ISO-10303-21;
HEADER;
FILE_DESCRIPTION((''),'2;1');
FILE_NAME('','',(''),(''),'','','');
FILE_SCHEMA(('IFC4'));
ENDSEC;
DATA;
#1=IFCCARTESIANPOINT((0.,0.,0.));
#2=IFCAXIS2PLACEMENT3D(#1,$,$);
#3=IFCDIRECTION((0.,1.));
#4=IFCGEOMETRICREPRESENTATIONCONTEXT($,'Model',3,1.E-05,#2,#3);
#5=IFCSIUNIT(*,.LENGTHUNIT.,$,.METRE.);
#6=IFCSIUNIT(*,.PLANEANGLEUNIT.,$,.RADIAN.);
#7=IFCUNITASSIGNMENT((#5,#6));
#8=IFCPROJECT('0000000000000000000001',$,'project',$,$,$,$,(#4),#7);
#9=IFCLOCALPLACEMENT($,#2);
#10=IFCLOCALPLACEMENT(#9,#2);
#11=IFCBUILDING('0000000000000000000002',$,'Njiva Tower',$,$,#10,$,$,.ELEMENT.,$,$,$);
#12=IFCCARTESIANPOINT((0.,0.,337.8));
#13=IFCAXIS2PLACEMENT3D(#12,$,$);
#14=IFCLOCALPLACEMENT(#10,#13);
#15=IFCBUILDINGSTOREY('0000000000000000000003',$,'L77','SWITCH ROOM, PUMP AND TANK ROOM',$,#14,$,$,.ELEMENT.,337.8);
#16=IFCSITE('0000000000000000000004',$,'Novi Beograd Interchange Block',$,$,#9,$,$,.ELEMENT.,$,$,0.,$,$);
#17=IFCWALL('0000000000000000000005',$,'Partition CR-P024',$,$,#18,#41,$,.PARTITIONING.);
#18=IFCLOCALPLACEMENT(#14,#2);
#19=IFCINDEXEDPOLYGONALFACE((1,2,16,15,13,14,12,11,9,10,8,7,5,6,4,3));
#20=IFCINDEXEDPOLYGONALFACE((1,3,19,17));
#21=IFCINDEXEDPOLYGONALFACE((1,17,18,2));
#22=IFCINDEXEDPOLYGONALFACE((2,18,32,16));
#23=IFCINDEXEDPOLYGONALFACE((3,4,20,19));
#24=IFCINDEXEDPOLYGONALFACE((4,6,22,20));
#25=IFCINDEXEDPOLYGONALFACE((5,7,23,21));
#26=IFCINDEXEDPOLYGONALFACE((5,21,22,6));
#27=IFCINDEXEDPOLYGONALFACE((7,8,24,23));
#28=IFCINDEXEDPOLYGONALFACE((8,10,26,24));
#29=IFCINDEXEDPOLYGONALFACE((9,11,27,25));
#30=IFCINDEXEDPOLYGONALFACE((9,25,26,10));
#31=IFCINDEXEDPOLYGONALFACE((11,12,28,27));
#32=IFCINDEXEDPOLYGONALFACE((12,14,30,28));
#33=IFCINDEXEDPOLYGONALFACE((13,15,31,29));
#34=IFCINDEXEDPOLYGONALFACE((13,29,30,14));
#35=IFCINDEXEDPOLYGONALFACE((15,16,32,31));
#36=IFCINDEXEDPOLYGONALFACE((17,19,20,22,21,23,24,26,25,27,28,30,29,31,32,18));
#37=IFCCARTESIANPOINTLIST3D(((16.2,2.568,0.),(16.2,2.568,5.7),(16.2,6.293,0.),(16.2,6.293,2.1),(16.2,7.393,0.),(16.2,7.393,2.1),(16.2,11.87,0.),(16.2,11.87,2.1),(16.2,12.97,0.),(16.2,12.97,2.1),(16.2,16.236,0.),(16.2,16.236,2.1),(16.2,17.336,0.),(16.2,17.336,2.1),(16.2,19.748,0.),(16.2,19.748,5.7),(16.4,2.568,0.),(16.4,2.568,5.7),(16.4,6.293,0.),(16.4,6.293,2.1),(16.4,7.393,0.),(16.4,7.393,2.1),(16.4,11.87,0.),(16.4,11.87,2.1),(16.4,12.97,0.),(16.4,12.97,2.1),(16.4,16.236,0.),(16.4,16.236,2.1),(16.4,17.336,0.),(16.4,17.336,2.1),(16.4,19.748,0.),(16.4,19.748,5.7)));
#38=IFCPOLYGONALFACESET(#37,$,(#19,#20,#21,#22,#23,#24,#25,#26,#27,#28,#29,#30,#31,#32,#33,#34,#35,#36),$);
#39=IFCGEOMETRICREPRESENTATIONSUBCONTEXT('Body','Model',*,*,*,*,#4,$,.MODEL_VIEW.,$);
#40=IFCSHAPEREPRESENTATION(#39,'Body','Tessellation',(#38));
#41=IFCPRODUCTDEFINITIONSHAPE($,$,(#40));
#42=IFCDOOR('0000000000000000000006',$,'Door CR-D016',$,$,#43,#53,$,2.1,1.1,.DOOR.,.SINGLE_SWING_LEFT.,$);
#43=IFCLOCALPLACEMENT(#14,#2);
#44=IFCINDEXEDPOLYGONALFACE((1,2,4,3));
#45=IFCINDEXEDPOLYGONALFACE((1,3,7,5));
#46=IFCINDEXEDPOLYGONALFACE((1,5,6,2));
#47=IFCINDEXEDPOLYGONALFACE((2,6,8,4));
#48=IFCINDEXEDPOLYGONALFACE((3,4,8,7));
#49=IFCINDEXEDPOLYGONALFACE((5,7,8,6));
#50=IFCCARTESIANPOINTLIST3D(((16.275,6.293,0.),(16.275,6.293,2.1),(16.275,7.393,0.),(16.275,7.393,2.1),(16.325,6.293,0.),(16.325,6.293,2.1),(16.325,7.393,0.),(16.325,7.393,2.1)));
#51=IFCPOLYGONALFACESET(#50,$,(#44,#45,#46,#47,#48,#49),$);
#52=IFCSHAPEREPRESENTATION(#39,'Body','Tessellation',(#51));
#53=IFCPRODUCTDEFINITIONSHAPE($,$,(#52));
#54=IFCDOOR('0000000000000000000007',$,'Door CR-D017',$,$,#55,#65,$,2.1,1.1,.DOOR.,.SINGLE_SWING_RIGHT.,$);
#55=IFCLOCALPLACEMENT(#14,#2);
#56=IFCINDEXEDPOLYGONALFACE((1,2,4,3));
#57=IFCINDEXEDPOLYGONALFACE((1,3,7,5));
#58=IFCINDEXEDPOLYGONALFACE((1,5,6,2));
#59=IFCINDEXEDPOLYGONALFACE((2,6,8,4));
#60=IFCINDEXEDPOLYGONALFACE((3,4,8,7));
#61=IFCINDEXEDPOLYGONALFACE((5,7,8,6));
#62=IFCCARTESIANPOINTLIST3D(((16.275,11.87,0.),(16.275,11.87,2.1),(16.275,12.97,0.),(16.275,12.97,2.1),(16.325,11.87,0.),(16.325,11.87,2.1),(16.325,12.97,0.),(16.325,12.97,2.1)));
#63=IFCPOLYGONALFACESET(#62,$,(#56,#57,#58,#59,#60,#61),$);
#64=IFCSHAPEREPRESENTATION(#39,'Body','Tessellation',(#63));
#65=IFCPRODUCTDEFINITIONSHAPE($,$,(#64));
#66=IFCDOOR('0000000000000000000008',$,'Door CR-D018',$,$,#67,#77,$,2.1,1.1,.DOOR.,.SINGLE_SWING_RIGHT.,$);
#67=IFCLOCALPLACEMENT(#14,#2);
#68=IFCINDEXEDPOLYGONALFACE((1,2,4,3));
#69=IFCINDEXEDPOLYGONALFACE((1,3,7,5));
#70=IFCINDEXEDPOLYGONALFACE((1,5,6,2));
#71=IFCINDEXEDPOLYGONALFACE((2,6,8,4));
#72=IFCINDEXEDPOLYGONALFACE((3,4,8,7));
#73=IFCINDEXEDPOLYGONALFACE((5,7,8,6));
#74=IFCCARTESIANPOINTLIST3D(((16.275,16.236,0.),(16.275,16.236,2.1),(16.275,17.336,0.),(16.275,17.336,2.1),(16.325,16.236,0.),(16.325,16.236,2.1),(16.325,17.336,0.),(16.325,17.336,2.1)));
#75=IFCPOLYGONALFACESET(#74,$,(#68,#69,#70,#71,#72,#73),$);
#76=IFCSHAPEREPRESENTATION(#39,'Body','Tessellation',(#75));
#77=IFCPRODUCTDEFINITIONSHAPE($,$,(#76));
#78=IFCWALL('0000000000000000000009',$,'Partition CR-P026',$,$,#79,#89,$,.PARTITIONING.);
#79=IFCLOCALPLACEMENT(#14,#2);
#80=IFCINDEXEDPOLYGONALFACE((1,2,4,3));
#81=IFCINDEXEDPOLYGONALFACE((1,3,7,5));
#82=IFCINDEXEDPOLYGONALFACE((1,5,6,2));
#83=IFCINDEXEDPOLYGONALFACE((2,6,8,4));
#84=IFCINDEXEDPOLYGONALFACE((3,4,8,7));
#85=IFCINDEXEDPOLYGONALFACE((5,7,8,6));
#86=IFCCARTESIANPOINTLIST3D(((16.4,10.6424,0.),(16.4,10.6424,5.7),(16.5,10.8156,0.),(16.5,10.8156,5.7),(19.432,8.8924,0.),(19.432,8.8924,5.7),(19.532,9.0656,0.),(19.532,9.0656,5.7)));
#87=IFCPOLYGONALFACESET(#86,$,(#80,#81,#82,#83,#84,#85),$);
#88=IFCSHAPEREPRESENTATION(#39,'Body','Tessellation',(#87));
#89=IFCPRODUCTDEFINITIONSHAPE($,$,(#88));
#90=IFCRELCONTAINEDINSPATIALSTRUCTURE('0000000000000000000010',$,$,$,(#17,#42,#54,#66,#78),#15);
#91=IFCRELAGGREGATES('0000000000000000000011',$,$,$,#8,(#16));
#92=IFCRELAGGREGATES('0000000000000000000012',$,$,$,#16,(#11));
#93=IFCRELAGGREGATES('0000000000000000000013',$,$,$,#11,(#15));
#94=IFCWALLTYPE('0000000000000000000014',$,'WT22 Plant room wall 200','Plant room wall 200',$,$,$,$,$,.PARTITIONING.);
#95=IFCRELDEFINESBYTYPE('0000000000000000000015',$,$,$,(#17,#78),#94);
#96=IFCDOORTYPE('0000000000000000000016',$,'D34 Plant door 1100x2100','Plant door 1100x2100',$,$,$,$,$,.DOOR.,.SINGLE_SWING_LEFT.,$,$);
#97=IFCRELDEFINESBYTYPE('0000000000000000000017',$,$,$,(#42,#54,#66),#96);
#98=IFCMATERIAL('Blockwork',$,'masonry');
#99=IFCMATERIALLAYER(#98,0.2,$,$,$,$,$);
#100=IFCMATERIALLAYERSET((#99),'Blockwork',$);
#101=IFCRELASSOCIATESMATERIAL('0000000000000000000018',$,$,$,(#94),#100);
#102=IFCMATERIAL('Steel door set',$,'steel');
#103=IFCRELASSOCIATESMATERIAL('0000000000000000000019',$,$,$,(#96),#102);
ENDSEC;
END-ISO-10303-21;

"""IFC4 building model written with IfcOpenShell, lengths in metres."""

from ifc_helpers import new_model, si_unit, direction, frame, frame_2d, origin, place, context, subcontext, project, spatial, rectangle, extrude, material, layer, layer_set, type_object, element, fill, save


model = new_model("IFC4")

# Units and contexts
model_context = context("Model", 3, precision=1e-05, world=origin(), true_north=direction((0.0, 1.0)))
body_context = subcontext(model_context, "Body", "Model", "MODEL_VIEW")
ifc_project = project(units=[si_unit("LENGTHUNIT", "METRE"), si_unit("PLANEANGLEUNIT", "RADIAN")], contexts=[model_context])

# Site, building, storey
site_placement = place(None, origin())
site = spatial("IfcSite", under=ifc_project, at=site_placement, Name="Novi Beograd Interchange Block", CompositionType="ELEMENT", RefElevation=0.0)
building_placement = place(site_placement, origin())
building = spatial("IfcBuilding", under=site, at=building_placement, Name="Njiva Tower", CompositionType="ELEMENT")
storey_placement = place(building_placement, frame((0.0, 0.0, 337.8)))
storey = spatial("IfcBuildingStorey", under=building, at=storey_placement, Name="L77", Description="SWITCH ROOM, PUMP AND TANK ROOM", CompositionType="ELEMENT", Elevation=337.8)

# Wall, openings, doors
ifc_material_1 = material(Name="Blockwork", Category="masonry")
ifc_layer_1 = layer(ifc_material_1, 0.2)
ifc_layer_set_1 = layer_set([ifc_layer_1], Name="Blockwork")
wall_type_1 = type_object("IfcWallType", Name="WT22 Plant room wall 200", Description="Plant room wall 200", PredefinedType="PARTITIONING", material=ifc_layer_set_1)
wall_1_placement = place(storey_placement, frame((16.3, 2.568, 0.0), z_axis=(0.0, 0.0, 1.0), x_axis=(0.0, 1.0, 0.0)))
wall_1 = element("IfcWall", 1, at=wall_1_placement, inside=storey, type_object=wall_type_1, Name="Partition CR-P024", PredefinedType="PARTITIONING", context=body_context, shape_type="SweptSolid", body=[
    extrude(rectangle(XDim=17.18, YDim=0.2, at=frame_2d((8.59, 0.0))), origin(), (0.0, 0.0, 1.0), 5.7),
])
opening_1_placement = place(wall_1_placement, frame((3.725, 0.0, 0.0)))
opening_1 = element("IfcOpeningElement", 2, at=opening_1_placement, cuts=wall_1, PredefinedType="OPENING", context=body_context, shape_type="SweptSolid", body=[
    extrude(rectangle(XDim=1.1, YDim=2.1, at=frame_2d((0.55, 1.05))), frame((0.0, 0.11, 0.0), z_axis=(0.0, -1.0, 0.0), x_axis=(1.0, 0.0, 0.0)), (0.0, 0.0, 1.0), 0.22),
])
opening_2_placement = place(wall_1_placement, frame((9.302, 0.0, 0.0)))
opening_2 = element("IfcOpeningElement", 3, at=opening_2_placement, cuts=wall_1, PredefinedType="OPENING", context=body_context, shape_type="SweptSolid", body=[
    extrude(rectangle(XDim=1.1, YDim=2.1, at=frame_2d((0.55, 1.05))), frame((0.0, 0.11, 0.0), z_axis=(0.0, -1.0, 0.0), x_axis=(1.0, 0.0, 0.0)), (0.0, 0.0, 1.0), 0.22),
])
opening_3_placement = place(wall_1_placement, frame((13.668, 0.0, 0.0)))
opening_3 = element("IfcOpeningElement", 4, at=opening_3_placement, cuts=wall_1, PredefinedType="OPENING", context=body_context, shape_type="SweptSolid", body=[
    extrude(rectangle(XDim=1.1, YDim=2.1, at=frame_2d((0.55, 1.05))), frame((0.0, 0.11, 0.0), z_axis=(0.0, -1.0, 0.0), x_axis=(1.0, 0.0, 0.0)), (0.0, 0.0, 1.0), 0.22),
])
ifc_material_2 = material(Name="Steel door set", Category="steel")
door_type_1 = type_object("IfcDoorType", Name="D34 Plant door 1100x2100", Description="Plant door 1100x2100", OperationType="SINGLE_SWING_LEFT", PredefinedType="DOOR", material=ifc_material_2)
door_1_placement = place(opening_1_placement, origin())
door_1 = element("IfcDoor", 5, at=door_1_placement, inside=storey, type_object=door_type_1, Name="Door CR-D016", OperationType="SINGLE_SWING_LEFT", OverallHeight=2.1, OverallWidth=1.1, PredefinedType="DOOR", context=body_context, shape_type="SweptSolid", body=[
    extrude(rectangle(XDim=1.1, YDim=2.1, at=frame_2d((0.55, 1.05))), frame((0.0, 0.025, 0.0), z_axis=(0.0, -1.0, 0.0), x_axis=(1.0, 0.0, 0.0)), (0.0, 0.0, 1.0), 0.05),
])
fill(opening_1, door_1)
door_2_placement = place(opening_2_placement, origin())
door_2 = element("IfcDoor", 6, at=door_2_placement, inside=storey, type_object=door_type_1, Name="Door CR-D017", OperationType="SINGLE_SWING_RIGHT", OverallHeight=2.1, OverallWidth=1.1, PredefinedType="DOOR", context=body_context, shape_type="SweptSolid", body=[
    extrude(rectangle(XDim=1.1, YDim=2.1, at=frame_2d((0.55, 1.05))), frame((0.0, 0.025, 0.0), z_axis=(0.0, -1.0, 0.0), x_axis=(1.0, 0.0, 0.0)), (0.0, 0.0, 1.0), 0.05),
])
fill(opening_2, door_2)
door_3_placement = place(opening_3_placement, origin())
door_3 = element("IfcDoor", 7, at=door_3_placement, inside=storey, type_object=door_type_1, Name="Door CR-D018", OperationType="SINGLE_SWING_RIGHT", OverallHeight=2.1, OverallWidth=1.1, PredefinedType="DOOR", context=body_context, shape_type="SweptSolid", body=[
    extrude(rectangle(XDim=1.1, YDim=2.1, at=frame_2d((0.55, 1.05))), frame((0.0, 0.025, 0.0), z_axis=(0.0, -1.0, 0.0), x_axis=(1.0, 0.0, 0.0)), (0.0, 0.0, 1.0), 0.05),
])
fill(opening_3, door_3)

# Wall
wall_2_placement = place(storey_placement, frame((16.45, 10.729, 0.0), z_axis=(0.0, 0.0, 1.0), x_axis=(0.86609, -0.499887, 0.0)))
element("IfcWall", 8, at=wall_2_placement, inside=storey, type_object=wall_type_1, Name="Partition CR-P026", PredefinedType="PARTITIONING", context=body_context, shape_type="SweptSolid", body=[
    extrude(rectangle(XDim=3.5008, YDim=0.2, at=frame_2d((1.7504, 0.0))), origin(), (0.0, 0.0, 1.0), 5.7),
])

save(model, "model.ifc")
